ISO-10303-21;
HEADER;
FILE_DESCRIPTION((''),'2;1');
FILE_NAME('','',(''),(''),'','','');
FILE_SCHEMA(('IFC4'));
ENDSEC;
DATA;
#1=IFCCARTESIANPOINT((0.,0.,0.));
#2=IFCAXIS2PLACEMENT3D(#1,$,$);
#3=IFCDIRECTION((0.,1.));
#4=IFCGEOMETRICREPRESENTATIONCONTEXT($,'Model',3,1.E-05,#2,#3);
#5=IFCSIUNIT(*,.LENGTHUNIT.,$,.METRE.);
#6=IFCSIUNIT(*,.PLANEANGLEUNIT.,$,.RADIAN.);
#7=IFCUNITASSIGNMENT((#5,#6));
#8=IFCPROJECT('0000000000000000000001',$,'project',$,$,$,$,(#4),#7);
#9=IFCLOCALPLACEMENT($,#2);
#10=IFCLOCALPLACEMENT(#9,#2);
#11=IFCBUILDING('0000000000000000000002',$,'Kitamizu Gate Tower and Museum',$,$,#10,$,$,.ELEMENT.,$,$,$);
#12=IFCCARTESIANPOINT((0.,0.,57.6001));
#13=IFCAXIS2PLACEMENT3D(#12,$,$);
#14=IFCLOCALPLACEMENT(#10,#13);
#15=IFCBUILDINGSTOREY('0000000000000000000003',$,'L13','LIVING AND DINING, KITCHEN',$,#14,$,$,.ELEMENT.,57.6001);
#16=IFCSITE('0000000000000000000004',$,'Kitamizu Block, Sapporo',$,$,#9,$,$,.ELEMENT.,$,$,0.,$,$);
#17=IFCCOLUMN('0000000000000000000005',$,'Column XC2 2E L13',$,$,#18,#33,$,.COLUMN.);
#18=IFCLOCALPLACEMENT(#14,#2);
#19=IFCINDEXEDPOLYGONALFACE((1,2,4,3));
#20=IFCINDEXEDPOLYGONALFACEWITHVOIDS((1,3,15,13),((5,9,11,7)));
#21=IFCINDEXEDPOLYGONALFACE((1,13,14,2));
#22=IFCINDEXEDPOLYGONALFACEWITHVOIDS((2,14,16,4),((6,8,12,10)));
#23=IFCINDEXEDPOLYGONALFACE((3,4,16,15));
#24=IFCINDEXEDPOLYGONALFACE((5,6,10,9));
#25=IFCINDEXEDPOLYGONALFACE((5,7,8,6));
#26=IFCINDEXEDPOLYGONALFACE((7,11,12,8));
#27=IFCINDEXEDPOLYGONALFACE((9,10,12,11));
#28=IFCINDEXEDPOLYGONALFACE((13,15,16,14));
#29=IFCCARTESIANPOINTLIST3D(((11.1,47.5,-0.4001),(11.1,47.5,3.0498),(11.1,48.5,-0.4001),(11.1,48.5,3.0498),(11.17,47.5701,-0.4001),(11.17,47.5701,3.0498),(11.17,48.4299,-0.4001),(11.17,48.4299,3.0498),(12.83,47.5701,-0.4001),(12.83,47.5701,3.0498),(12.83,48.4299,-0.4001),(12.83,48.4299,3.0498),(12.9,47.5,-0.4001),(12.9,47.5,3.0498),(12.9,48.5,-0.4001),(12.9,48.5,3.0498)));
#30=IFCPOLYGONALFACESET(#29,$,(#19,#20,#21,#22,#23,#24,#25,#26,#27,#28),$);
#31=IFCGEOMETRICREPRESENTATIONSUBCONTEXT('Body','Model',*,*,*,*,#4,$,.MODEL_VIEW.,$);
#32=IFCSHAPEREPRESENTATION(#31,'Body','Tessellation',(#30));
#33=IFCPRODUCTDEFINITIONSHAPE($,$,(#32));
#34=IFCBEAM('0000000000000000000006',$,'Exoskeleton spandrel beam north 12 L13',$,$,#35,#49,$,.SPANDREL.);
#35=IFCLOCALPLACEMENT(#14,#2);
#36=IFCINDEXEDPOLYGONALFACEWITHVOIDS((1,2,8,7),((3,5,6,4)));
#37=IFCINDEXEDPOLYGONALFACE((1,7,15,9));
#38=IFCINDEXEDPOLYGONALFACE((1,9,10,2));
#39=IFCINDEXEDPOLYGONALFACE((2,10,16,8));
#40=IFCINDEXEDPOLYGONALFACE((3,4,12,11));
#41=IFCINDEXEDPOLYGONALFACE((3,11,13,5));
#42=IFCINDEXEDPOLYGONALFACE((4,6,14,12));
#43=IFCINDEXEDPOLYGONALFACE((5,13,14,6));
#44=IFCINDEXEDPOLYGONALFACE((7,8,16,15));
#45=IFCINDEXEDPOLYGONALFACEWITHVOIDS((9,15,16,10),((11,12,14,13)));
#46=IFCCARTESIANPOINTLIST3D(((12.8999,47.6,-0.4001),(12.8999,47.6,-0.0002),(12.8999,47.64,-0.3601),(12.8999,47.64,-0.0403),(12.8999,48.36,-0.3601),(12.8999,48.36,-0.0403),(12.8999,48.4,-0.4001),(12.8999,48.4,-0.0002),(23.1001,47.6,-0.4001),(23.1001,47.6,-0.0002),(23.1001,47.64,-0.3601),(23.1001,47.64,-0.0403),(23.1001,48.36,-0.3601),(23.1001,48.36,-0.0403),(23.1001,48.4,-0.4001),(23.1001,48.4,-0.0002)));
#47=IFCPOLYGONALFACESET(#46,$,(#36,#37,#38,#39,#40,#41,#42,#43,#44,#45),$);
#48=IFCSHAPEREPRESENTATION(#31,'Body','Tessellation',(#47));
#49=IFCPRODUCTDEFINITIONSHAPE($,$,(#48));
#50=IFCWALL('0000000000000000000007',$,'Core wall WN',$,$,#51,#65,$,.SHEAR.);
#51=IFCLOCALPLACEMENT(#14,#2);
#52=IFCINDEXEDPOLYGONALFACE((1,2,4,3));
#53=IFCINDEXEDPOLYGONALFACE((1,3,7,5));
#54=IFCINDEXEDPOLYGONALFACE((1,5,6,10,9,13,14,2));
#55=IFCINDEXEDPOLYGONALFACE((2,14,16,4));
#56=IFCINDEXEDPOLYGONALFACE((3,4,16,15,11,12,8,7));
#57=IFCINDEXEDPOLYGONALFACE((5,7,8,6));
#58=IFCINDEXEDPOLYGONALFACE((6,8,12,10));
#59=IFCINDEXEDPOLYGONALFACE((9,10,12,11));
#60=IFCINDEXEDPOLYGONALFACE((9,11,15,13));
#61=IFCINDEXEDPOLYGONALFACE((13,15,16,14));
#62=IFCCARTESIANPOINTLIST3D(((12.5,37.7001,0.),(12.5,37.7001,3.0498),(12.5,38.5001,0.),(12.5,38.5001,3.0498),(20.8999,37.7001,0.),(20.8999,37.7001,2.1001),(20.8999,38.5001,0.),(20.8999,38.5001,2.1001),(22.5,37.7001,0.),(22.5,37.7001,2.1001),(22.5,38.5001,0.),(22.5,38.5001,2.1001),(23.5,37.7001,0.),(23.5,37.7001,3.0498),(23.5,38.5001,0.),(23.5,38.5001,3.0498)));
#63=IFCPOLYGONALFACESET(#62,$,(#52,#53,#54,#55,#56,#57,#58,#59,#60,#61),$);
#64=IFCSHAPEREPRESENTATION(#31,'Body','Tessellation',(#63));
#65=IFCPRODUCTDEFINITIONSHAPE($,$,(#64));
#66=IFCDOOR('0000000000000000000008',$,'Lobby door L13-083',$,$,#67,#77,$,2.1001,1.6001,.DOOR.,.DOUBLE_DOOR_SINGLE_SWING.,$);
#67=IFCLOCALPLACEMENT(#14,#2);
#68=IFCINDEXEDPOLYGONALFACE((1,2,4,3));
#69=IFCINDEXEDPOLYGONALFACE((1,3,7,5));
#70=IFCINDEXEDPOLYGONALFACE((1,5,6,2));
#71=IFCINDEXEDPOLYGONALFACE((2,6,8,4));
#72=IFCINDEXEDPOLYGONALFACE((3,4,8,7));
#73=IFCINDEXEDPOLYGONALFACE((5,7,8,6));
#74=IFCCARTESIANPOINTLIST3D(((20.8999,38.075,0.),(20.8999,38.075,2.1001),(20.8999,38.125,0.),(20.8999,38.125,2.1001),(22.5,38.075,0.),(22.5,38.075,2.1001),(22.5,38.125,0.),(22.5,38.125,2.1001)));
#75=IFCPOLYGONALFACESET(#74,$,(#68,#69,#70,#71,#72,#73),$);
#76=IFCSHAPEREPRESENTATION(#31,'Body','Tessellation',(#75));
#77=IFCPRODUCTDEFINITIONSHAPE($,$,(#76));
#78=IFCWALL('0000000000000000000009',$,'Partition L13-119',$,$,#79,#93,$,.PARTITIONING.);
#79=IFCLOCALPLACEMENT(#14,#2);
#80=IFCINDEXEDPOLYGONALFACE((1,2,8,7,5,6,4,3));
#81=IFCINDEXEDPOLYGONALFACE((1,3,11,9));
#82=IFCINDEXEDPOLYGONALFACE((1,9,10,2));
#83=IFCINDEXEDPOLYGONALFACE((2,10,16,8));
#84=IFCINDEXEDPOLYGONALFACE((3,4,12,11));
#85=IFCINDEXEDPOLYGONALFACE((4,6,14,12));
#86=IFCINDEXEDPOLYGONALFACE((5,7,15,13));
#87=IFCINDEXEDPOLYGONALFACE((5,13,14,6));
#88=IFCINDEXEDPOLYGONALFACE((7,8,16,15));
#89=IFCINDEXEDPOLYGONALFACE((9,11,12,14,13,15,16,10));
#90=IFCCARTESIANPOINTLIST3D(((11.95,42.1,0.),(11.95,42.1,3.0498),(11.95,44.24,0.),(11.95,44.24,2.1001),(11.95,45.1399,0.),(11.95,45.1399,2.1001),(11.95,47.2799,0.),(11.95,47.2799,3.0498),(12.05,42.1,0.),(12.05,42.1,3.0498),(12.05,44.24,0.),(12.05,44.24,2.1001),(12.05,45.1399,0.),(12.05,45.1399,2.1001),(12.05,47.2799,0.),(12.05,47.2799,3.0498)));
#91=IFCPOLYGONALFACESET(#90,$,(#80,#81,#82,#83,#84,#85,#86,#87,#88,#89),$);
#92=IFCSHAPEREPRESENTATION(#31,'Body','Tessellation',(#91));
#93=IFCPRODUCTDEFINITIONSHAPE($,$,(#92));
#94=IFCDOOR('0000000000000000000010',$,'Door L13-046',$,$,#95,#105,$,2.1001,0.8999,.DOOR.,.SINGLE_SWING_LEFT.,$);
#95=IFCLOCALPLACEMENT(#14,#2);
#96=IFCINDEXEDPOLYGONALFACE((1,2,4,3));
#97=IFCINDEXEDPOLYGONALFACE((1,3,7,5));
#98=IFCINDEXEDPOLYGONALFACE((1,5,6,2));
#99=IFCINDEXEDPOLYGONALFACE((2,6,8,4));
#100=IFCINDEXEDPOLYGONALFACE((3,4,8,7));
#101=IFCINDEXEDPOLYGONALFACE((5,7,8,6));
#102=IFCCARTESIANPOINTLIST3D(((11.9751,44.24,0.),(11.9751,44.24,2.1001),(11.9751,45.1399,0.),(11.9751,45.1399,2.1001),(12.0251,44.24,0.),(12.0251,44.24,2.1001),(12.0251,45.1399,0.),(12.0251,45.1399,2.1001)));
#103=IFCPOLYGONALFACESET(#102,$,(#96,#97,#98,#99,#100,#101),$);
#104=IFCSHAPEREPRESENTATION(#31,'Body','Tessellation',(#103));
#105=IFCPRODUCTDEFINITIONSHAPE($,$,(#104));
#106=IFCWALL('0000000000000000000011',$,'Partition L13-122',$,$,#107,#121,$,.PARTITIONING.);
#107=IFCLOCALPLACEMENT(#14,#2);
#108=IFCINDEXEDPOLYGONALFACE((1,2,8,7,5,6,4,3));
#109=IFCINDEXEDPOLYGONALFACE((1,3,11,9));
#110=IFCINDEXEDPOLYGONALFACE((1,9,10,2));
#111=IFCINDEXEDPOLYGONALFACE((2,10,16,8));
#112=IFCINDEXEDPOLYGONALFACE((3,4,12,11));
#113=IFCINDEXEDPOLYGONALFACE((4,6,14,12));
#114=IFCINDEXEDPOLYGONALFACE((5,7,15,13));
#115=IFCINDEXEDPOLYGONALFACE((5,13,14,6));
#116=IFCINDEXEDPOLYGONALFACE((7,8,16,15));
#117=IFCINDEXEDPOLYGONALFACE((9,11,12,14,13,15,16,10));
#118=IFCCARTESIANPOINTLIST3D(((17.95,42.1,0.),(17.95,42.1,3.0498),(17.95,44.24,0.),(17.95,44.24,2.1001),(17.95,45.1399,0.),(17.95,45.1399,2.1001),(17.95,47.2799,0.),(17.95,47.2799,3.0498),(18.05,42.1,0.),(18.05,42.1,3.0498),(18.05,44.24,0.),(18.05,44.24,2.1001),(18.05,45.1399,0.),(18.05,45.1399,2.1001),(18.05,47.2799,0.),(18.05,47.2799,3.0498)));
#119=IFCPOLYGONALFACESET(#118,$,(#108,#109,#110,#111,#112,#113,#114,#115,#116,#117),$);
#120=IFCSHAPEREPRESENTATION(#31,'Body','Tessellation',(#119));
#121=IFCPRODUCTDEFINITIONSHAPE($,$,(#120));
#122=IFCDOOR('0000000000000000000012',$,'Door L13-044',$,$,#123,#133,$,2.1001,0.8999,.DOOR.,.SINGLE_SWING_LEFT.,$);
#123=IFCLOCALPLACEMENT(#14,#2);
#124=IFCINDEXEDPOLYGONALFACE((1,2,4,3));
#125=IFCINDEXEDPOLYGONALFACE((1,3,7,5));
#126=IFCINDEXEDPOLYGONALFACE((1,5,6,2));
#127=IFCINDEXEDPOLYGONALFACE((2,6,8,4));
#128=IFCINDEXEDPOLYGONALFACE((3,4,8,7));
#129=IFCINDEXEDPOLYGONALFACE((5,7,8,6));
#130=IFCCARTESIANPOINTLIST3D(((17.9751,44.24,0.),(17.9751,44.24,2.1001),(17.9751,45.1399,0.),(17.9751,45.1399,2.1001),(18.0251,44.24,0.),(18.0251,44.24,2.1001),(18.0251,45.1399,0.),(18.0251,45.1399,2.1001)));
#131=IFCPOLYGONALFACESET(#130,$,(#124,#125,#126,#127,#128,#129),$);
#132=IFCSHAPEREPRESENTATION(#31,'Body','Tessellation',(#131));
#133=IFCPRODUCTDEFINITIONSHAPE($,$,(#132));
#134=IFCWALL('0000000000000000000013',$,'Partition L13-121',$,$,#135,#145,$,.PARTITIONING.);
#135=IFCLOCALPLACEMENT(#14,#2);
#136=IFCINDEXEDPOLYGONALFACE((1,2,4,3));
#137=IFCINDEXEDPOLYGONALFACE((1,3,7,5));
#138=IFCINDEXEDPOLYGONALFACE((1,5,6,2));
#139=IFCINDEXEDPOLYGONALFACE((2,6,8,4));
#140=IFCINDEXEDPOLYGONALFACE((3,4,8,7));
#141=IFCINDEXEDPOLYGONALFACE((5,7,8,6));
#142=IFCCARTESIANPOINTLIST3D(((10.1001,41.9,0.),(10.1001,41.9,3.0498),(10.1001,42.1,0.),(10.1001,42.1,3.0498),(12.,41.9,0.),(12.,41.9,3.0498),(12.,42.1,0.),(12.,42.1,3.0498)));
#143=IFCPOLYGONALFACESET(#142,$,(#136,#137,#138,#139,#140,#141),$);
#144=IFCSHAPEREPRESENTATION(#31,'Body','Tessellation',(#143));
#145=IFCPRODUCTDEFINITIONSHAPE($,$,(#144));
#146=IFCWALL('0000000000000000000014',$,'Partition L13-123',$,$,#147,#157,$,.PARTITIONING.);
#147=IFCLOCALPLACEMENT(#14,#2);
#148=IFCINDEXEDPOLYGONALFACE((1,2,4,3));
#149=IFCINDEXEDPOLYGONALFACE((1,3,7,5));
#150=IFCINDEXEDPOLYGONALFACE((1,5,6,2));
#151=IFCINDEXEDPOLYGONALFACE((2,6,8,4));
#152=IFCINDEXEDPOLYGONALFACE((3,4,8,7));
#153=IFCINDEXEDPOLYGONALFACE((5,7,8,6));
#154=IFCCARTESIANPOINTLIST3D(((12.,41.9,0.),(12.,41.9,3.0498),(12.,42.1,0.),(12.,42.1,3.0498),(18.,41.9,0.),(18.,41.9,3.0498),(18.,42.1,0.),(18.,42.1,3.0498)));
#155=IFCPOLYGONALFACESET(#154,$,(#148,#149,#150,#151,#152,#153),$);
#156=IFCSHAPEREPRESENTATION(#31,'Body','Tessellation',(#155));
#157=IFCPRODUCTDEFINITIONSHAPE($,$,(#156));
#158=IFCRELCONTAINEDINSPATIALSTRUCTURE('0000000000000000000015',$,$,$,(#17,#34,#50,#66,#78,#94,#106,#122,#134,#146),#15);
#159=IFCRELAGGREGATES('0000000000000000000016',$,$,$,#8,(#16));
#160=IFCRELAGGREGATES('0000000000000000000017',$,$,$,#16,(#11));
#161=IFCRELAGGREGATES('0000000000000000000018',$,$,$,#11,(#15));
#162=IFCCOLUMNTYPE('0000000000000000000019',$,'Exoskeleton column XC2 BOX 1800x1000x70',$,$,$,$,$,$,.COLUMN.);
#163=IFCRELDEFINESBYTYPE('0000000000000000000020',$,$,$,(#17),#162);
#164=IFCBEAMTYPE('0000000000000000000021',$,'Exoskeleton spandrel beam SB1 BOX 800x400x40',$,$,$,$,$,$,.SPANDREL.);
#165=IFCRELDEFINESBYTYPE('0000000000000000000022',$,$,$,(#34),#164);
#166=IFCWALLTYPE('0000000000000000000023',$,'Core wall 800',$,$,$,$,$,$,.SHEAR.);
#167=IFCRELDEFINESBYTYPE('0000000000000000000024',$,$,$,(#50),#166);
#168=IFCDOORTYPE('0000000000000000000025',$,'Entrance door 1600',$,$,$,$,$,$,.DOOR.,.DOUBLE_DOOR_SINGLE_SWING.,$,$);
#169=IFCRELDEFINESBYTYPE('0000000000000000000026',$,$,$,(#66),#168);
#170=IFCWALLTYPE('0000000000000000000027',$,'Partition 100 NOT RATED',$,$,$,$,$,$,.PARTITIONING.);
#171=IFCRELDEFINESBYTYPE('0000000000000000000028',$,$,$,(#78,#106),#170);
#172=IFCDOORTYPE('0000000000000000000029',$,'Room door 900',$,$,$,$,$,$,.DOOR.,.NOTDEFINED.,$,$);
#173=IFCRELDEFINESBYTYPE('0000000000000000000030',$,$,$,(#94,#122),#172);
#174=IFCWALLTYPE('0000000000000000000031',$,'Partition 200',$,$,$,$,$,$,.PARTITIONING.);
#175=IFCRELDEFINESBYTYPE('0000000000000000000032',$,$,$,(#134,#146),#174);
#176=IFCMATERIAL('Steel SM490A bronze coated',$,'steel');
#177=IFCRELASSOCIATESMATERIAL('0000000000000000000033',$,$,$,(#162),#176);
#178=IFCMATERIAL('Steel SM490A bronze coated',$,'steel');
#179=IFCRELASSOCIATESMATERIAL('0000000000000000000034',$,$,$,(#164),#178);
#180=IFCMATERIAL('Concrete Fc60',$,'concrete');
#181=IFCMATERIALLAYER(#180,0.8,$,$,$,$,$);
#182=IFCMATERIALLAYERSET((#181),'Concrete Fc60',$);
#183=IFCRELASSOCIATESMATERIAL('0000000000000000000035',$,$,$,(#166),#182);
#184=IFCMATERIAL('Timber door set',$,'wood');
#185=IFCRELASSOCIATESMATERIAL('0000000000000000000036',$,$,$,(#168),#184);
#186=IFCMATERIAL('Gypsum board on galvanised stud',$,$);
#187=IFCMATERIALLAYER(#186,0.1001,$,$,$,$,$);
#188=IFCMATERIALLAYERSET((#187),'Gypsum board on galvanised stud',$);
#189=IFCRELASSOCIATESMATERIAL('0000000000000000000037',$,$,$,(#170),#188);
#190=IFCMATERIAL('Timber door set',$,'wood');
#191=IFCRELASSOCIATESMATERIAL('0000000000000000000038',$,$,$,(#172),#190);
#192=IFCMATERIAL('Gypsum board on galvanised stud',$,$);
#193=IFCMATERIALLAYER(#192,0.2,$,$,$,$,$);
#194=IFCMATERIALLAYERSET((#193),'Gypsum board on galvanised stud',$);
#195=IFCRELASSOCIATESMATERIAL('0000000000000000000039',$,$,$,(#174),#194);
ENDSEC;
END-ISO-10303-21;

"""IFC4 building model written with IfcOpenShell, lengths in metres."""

from ifc_helpers import new_model, si_unit, direction, frame, frame_2d, origin, origin_2d, place, context, subcontext, project, spatial, rectangle, hollow_rectangle, extrude, material, layer, layer_set, material_profile, profile_set, type_object, element, fill, save


model = new_model("IFC4")

# Units and contexts
model_context = context("Model", 3, precision=1e-05, world=origin(), true_north=direction((0.0, 1.0)))
body_context = subcontext(model_context, "Body", "Model", "MODEL_VIEW")
ifc_project = project(units=[si_unit("LENGTHUNIT", "METRE"), si_unit("PLANEANGLEUNIT", "RADIAN")], contexts=[model_context])

# Site, building, storey
site_placement = place(None, origin())
site = spatial("IfcSite", under=ifc_project, at=site_placement, Name="Kitamizu Block, Sapporo", CompositionType="ELEMENT", RefElevation=0.0)
building_placement = place(site_placement, origin())
building = spatial("IfcBuilding", under=site, at=building_placement, Name="Kitamizu Gate Tower and Museum", CompositionType="ELEMENT")
storey_placement = place(building_placement, frame((0.0, 0.0, 57.6001)))
storey = spatial("IfcBuildingStorey", under=building, at=storey_placement, Name="L13", Description="LIVING AND DINING, KITCHEN", CompositionType="ELEMENT", Elevation=57.6001)

# Column
ifc_material_1 = material(Name="Steel SM490A bronze coated", Category="steel")
ifc_material_profile_1 = material_profile(ifc_material_1, hollow_rectangle(XDim=1.8, YDim=1.0, WallThickness=0.0701, at=origin_2d()), Name="BOX 1800x1000x70")
ifc_profile_set_1 = profile_set([ifc_material_profile_1], Name="Steel SM490A bronze coated")
column_type = type_object("IfcColumnType", Name="Exoskeleton column XC2 BOX 1800x1000x70", PredefinedType="COLUMN", material=ifc_profile_set_1)
column_placement = place(storey_placement, frame((12.0, 48.0, -0.4001), z_axis=(0.0, 0.0, 1.0), x_axis=(1.0, 0.0, 0.0)))
element("IfcColumn", 1, at=column_placement, inside=storey, type_object=column_type, Name="Column XC2 2E L13", PredefinedType="COLUMN", context=body_context, shape_type="SweptSolid", body=[
    extrude(hollow_rectangle(XDim=1.8, YDim=1.0, WallThickness=0.0701, at=origin_2d()), origin(), (0.0, 0.0, 1.0), 3.45),
])

# Beam
ifc_material_2 = material(Name="Steel SM490A bronze coated", Category="steel")
ifc_material_profile_2 = material_profile(ifc_material_2, hollow_rectangle(XDim=0.8, YDim=0.3999, WallThickness=0.04, at=origin_2d()), Name="BOX 800x400x40")
ifc_profile_set_2 = profile_set([ifc_material_profile_2], Name="Steel SM490A bronze coated")
beam_type = type_object("IfcBeamType", Name="Exoskeleton spandrel beam SB1 BOX 800x400x40", PredefinedType="SPANDREL", material=ifc_profile_set_2)
beam_placement = place(storey_placement, frame((12.8999, 48.0, -0.2002), z_axis=(1.0, 0.0, 0.0), x_axis=(0.0, 1.0, 0.0)))
element("IfcBeam", 2, at=beam_placement, inside=storey, type_object=beam_type, Name="Exoskeleton spandrel beam north 12 L13", PredefinedType="SPANDREL", context=body_context, shape_type="SweptSolid", body=[
    extrude(hollow_rectangle(XDim=0.8, YDim=0.3999, WallThickness=0.04, at=origin_2d()), origin(), (0.0, 0.0, 1.0), 10.2002),
])

# Walls, openings, doors
ifc_material_3 = material(Name="Concrete Fc60", Category="concrete")
ifc_layer_1 = layer(ifc_material_3, 0.8)
ifc_layer_set_1 = layer_set([ifc_layer_1], Name="Concrete Fc60")
wall_type_1 = type_object("IfcWallType", Name="Core wall 800", PredefinedType="SHEAR", material=ifc_layer_set_1)
wall_1_placement = place(storey_placement, frame((12.5, 38.1001, 0.0), z_axis=(0.0, 0.0, 1.0), x_axis=(1.0, 0.0, 0.0)))
wall_1 = element("IfcWall", 3, at=wall_1_placement, inside=storey, type_object=wall_type_1, Name="Core wall WN", PredefinedType="SHEAR", context=body_context, shape_type="SweptSolid", body=[
    extrude(rectangle(XDim=11.0, YDim=0.8, at=frame_2d((5.5, 0.0))), origin(), (0.0, 0.0, 1.0), 3.0498),
])
opening_1_placement = place(wall_1_placement, frame((8.3999, 0.0, 0.0)))
opening_1 = element("IfcOpeningElement", 4, at=opening_1_placement, cuts=wall_1, PredefinedType="OPENING", context=body_context, shape_type="SweptSolid", body=[
    extrude(rectangle(XDim=1.6001, YDim=2.1001, at=frame_2d((0.8, 1.05))), frame((0.0, 0.4102, 0.0), z_axis=(0.0, -1.0, 0.0), x_axis=(1.0, 0.0, 0.0)), (0.0, 0.0, 1.0), 0.8201),
])
ifc_material_4 = material(Name="Timber door set", Category="wood")
door_type_1 = type_object("IfcDoorType", Name="Entrance door 1600", OperationType="DOUBLE_DOOR_SINGLE_SWING", PredefinedType="DOOR", material=ifc_material_4)
door_1_placement = place(opening_1_placement, origin())
door_1 = element("IfcDoor", 5, at=door_1_placement, inside=storey, type_object=door_type_1, Name="Lobby door L13-083", OperationType="DOUBLE_DOOR_SINGLE_SWING", OverallHeight=2.1001, OverallWidth=1.6001, PredefinedType="DOOR", context=body_context, shape_type="SweptSolid", body=[
    extrude(rectangle(XDim=1.6001, YDim=2.1001, at=frame_2d((0.8, 1.05))), frame((0.0, 0.0249, 0.0), z_axis=(0.0, -1.0, 0.0), x_axis=(1.0, 0.0, 0.0)), (0.0, 0.0, 1.0), 0.05),
])
fill(opening_1, door_1)
ifc_material_5 = material(Name="Gypsum board on galvanised stud")
ifc_layer_2 = layer(ifc_material_5, 0.1001)
ifc_layer_set_2 = layer_set([ifc_layer_2], Name="Gypsum board on galvanised stud")
wall_type_2 = type_object("IfcWallType", Name="Partition 100 NOT RATED", PredefinedType="PARTITIONING", material=ifc_layer_set_2)
wall_2_placement = place(storey_placement, frame((12.0, 42.1001, 0.0), z_axis=(0.0, 0.0, 1.0), x_axis=(0.0, 1.0, 0.0)))
wall_2 = element("IfcWall", 6, at=wall_2_placement, inside=storey, type_object=wall_type_2, Name="Partition L13-119", PredefinedType="PARTITIONING", context=body_context, shape_type="SweptSolid", body=[
    extrude(rectangle(XDim=5.1799, YDim=0.1001, at=frame_2d((2.5898, 0.0))), origin(), (0.0, 0.0, 1.0), 3.0498),
])
opening_2_placement = place(wall_2_placement, frame((2.1399, 0.0, 0.0)))
opening_2 = element("IfcOpeningElement", 7, at=opening_2_placement, cuts=wall_2, PredefinedType="OPENING", context=body_context, shape_type="SweptSolid", body=[
    extrude(rectangle(XDim=0.8999, YDim=2.1001, at=frame_2d((0.45, 1.05))), frame((0.0, 0.0601, 0.0), z_axis=(0.0, -1.0, 0.0), x_axis=(1.0, 0.0, 0.0)), (0.0, 0.0, 1.0), 0.1201),
])
ifc_material_6 = material(Name="Timber door set", Category="wood")
door_type_2 = type_object("IfcDoorType", Name="Room door 900", OperationType="NOTDEFINED", PredefinedType="DOOR", material=ifc_material_6)
door_2_placement = place(opening_2_placement, origin())
door_2 = element("IfcDoor", 8, at=door_2_placement, inside=storey, type_object=door_type_2, Name="Door L13-046", OperationType="SINGLE_SWING_LEFT", OverallHeight=2.1001, OverallWidth=0.8999, PredefinedType="DOOR", context=body_context, shape_type="SweptSolid", body=[
    extrude(rectangle(XDim=0.8999, YDim=2.1001, at=frame_2d((0.45, 1.05))), frame((0.0, 0.0249, 0.0), z_axis=(0.0, -1.0, 0.0), x_axis=(1.0, 0.0, 0.0)), (0.0, 0.0, 1.0), 0.05),
])
fill(opening_2, door_2)
wall_3_placement = place(storey_placement, frame((18.0, 42.1001, 0.0), z_axis=(0.0, 0.0, 1.0), x_axis=(0.0, 1.0, 0.0)))
wall_3 = element("IfcWall", 9, at=wall_3_placement, inside=storey, type_object=wall_type_2, Name="Partition L13-122", PredefinedType="PARTITIONING", context=body_context, shape_type="SweptSolid", body=[
    extrude(rectangle(XDim=5.1799, YDim=0.1001, at=frame_2d((2.5898, 0.0))), origin(), (0.0, 0.0, 1.0), 3.0498),
])
opening_3_placement = place(wall_3_placement, frame((2.1399, 0.0, 0.0)))
opening_3 = element("IfcOpeningElement", 10, at=opening_3_placement, cuts=wall_3, PredefinedType="OPENING", context=body_context, shape_type="SweptSolid", body=[
    extrude(rectangle(XDim=0.8999, YDim=2.1001, at=frame_2d((0.45, 1.05))), frame((0.0, 0.0601, 0.0), z_axis=(0.0, -1.0, 0.0), x_axis=(1.0, 0.0, 0.0)), (0.0, 0.0, 1.0), 0.1201),
])
door_3_placement = place(opening_3_placement, origin())
door_3 = element("IfcDoor", 11, at=door_3_placement, inside=storey, type_object=door_type_2, Name="Door L13-044", OperationType="SINGLE_SWING_LEFT", OverallHeight=2.1001, OverallWidth=0.8999, PredefinedType="DOOR", context=body_context, shape_type="SweptSolid", body=[
    extrude(rectangle(XDim=0.8999, YDim=2.1001, at=frame_2d((0.45, 1.05))), frame((0.0, 0.0249, 0.0), z_axis=(0.0, -1.0, 0.0), x_axis=(1.0, 0.0, 0.0)), (0.0, 0.0, 1.0), 0.05),
])
fill(opening_3, door_3)

# Walls
ifc_material_7 = material(Name="Gypsum board on galvanised stud")
ifc_layer_3 = layer(ifc_material_7, 0.2)
ifc_layer_set_3 = layer_set([ifc_layer_3], Name="Gypsum board on galvanised stud")
wall_type_3 = type_object("IfcWallType", Name="Partition 200", PredefinedType="PARTITIONING", material=ifc_layer_set_3)
wall_4_placement = place(storey_placement, frame((10.1001, 42.0, 0.0), z_axis=(0.0, 0.0, 1.0), x_axis=(1.0, 0.0, 0.0)))
element("IfcWall", 12, at=wall_4_placement, inside=storey, type_object=wall_type_3, Name="Partition L13-121", PredefinedType="PARTITIONING", context=body_context, shape_type="SweptSolid", body=[
    extrude(rectangle(XDim=1.8999, YDim=0.2, at=frame_2d((0.95, 0.0))), origin(), (0.0, 0.0, 1.0), 3.0498),
])
wall_5_placement = place(storey_placement, frame((12.0, 42.0, 0.0), z_axis=(0.0, 0.0, 1.0), x_axis=(1.0, 0.0, 0.0)))
element("IfcWall", 13, at=wall_5_placement, inside=storey, type_object=wall_type_3, Name="Partition L13-123", PredefinedType="PARTITIONING", context=body_context, shape_type="SweptSolid", body=[
    extrude(rectangle(XDim=6.0, YDim=0.2, at=frame_2d((3.0, 0.0))), origin(), (0.0, 0.0, 1.0), 3.0498),
])

save(model, "model.ifc")
